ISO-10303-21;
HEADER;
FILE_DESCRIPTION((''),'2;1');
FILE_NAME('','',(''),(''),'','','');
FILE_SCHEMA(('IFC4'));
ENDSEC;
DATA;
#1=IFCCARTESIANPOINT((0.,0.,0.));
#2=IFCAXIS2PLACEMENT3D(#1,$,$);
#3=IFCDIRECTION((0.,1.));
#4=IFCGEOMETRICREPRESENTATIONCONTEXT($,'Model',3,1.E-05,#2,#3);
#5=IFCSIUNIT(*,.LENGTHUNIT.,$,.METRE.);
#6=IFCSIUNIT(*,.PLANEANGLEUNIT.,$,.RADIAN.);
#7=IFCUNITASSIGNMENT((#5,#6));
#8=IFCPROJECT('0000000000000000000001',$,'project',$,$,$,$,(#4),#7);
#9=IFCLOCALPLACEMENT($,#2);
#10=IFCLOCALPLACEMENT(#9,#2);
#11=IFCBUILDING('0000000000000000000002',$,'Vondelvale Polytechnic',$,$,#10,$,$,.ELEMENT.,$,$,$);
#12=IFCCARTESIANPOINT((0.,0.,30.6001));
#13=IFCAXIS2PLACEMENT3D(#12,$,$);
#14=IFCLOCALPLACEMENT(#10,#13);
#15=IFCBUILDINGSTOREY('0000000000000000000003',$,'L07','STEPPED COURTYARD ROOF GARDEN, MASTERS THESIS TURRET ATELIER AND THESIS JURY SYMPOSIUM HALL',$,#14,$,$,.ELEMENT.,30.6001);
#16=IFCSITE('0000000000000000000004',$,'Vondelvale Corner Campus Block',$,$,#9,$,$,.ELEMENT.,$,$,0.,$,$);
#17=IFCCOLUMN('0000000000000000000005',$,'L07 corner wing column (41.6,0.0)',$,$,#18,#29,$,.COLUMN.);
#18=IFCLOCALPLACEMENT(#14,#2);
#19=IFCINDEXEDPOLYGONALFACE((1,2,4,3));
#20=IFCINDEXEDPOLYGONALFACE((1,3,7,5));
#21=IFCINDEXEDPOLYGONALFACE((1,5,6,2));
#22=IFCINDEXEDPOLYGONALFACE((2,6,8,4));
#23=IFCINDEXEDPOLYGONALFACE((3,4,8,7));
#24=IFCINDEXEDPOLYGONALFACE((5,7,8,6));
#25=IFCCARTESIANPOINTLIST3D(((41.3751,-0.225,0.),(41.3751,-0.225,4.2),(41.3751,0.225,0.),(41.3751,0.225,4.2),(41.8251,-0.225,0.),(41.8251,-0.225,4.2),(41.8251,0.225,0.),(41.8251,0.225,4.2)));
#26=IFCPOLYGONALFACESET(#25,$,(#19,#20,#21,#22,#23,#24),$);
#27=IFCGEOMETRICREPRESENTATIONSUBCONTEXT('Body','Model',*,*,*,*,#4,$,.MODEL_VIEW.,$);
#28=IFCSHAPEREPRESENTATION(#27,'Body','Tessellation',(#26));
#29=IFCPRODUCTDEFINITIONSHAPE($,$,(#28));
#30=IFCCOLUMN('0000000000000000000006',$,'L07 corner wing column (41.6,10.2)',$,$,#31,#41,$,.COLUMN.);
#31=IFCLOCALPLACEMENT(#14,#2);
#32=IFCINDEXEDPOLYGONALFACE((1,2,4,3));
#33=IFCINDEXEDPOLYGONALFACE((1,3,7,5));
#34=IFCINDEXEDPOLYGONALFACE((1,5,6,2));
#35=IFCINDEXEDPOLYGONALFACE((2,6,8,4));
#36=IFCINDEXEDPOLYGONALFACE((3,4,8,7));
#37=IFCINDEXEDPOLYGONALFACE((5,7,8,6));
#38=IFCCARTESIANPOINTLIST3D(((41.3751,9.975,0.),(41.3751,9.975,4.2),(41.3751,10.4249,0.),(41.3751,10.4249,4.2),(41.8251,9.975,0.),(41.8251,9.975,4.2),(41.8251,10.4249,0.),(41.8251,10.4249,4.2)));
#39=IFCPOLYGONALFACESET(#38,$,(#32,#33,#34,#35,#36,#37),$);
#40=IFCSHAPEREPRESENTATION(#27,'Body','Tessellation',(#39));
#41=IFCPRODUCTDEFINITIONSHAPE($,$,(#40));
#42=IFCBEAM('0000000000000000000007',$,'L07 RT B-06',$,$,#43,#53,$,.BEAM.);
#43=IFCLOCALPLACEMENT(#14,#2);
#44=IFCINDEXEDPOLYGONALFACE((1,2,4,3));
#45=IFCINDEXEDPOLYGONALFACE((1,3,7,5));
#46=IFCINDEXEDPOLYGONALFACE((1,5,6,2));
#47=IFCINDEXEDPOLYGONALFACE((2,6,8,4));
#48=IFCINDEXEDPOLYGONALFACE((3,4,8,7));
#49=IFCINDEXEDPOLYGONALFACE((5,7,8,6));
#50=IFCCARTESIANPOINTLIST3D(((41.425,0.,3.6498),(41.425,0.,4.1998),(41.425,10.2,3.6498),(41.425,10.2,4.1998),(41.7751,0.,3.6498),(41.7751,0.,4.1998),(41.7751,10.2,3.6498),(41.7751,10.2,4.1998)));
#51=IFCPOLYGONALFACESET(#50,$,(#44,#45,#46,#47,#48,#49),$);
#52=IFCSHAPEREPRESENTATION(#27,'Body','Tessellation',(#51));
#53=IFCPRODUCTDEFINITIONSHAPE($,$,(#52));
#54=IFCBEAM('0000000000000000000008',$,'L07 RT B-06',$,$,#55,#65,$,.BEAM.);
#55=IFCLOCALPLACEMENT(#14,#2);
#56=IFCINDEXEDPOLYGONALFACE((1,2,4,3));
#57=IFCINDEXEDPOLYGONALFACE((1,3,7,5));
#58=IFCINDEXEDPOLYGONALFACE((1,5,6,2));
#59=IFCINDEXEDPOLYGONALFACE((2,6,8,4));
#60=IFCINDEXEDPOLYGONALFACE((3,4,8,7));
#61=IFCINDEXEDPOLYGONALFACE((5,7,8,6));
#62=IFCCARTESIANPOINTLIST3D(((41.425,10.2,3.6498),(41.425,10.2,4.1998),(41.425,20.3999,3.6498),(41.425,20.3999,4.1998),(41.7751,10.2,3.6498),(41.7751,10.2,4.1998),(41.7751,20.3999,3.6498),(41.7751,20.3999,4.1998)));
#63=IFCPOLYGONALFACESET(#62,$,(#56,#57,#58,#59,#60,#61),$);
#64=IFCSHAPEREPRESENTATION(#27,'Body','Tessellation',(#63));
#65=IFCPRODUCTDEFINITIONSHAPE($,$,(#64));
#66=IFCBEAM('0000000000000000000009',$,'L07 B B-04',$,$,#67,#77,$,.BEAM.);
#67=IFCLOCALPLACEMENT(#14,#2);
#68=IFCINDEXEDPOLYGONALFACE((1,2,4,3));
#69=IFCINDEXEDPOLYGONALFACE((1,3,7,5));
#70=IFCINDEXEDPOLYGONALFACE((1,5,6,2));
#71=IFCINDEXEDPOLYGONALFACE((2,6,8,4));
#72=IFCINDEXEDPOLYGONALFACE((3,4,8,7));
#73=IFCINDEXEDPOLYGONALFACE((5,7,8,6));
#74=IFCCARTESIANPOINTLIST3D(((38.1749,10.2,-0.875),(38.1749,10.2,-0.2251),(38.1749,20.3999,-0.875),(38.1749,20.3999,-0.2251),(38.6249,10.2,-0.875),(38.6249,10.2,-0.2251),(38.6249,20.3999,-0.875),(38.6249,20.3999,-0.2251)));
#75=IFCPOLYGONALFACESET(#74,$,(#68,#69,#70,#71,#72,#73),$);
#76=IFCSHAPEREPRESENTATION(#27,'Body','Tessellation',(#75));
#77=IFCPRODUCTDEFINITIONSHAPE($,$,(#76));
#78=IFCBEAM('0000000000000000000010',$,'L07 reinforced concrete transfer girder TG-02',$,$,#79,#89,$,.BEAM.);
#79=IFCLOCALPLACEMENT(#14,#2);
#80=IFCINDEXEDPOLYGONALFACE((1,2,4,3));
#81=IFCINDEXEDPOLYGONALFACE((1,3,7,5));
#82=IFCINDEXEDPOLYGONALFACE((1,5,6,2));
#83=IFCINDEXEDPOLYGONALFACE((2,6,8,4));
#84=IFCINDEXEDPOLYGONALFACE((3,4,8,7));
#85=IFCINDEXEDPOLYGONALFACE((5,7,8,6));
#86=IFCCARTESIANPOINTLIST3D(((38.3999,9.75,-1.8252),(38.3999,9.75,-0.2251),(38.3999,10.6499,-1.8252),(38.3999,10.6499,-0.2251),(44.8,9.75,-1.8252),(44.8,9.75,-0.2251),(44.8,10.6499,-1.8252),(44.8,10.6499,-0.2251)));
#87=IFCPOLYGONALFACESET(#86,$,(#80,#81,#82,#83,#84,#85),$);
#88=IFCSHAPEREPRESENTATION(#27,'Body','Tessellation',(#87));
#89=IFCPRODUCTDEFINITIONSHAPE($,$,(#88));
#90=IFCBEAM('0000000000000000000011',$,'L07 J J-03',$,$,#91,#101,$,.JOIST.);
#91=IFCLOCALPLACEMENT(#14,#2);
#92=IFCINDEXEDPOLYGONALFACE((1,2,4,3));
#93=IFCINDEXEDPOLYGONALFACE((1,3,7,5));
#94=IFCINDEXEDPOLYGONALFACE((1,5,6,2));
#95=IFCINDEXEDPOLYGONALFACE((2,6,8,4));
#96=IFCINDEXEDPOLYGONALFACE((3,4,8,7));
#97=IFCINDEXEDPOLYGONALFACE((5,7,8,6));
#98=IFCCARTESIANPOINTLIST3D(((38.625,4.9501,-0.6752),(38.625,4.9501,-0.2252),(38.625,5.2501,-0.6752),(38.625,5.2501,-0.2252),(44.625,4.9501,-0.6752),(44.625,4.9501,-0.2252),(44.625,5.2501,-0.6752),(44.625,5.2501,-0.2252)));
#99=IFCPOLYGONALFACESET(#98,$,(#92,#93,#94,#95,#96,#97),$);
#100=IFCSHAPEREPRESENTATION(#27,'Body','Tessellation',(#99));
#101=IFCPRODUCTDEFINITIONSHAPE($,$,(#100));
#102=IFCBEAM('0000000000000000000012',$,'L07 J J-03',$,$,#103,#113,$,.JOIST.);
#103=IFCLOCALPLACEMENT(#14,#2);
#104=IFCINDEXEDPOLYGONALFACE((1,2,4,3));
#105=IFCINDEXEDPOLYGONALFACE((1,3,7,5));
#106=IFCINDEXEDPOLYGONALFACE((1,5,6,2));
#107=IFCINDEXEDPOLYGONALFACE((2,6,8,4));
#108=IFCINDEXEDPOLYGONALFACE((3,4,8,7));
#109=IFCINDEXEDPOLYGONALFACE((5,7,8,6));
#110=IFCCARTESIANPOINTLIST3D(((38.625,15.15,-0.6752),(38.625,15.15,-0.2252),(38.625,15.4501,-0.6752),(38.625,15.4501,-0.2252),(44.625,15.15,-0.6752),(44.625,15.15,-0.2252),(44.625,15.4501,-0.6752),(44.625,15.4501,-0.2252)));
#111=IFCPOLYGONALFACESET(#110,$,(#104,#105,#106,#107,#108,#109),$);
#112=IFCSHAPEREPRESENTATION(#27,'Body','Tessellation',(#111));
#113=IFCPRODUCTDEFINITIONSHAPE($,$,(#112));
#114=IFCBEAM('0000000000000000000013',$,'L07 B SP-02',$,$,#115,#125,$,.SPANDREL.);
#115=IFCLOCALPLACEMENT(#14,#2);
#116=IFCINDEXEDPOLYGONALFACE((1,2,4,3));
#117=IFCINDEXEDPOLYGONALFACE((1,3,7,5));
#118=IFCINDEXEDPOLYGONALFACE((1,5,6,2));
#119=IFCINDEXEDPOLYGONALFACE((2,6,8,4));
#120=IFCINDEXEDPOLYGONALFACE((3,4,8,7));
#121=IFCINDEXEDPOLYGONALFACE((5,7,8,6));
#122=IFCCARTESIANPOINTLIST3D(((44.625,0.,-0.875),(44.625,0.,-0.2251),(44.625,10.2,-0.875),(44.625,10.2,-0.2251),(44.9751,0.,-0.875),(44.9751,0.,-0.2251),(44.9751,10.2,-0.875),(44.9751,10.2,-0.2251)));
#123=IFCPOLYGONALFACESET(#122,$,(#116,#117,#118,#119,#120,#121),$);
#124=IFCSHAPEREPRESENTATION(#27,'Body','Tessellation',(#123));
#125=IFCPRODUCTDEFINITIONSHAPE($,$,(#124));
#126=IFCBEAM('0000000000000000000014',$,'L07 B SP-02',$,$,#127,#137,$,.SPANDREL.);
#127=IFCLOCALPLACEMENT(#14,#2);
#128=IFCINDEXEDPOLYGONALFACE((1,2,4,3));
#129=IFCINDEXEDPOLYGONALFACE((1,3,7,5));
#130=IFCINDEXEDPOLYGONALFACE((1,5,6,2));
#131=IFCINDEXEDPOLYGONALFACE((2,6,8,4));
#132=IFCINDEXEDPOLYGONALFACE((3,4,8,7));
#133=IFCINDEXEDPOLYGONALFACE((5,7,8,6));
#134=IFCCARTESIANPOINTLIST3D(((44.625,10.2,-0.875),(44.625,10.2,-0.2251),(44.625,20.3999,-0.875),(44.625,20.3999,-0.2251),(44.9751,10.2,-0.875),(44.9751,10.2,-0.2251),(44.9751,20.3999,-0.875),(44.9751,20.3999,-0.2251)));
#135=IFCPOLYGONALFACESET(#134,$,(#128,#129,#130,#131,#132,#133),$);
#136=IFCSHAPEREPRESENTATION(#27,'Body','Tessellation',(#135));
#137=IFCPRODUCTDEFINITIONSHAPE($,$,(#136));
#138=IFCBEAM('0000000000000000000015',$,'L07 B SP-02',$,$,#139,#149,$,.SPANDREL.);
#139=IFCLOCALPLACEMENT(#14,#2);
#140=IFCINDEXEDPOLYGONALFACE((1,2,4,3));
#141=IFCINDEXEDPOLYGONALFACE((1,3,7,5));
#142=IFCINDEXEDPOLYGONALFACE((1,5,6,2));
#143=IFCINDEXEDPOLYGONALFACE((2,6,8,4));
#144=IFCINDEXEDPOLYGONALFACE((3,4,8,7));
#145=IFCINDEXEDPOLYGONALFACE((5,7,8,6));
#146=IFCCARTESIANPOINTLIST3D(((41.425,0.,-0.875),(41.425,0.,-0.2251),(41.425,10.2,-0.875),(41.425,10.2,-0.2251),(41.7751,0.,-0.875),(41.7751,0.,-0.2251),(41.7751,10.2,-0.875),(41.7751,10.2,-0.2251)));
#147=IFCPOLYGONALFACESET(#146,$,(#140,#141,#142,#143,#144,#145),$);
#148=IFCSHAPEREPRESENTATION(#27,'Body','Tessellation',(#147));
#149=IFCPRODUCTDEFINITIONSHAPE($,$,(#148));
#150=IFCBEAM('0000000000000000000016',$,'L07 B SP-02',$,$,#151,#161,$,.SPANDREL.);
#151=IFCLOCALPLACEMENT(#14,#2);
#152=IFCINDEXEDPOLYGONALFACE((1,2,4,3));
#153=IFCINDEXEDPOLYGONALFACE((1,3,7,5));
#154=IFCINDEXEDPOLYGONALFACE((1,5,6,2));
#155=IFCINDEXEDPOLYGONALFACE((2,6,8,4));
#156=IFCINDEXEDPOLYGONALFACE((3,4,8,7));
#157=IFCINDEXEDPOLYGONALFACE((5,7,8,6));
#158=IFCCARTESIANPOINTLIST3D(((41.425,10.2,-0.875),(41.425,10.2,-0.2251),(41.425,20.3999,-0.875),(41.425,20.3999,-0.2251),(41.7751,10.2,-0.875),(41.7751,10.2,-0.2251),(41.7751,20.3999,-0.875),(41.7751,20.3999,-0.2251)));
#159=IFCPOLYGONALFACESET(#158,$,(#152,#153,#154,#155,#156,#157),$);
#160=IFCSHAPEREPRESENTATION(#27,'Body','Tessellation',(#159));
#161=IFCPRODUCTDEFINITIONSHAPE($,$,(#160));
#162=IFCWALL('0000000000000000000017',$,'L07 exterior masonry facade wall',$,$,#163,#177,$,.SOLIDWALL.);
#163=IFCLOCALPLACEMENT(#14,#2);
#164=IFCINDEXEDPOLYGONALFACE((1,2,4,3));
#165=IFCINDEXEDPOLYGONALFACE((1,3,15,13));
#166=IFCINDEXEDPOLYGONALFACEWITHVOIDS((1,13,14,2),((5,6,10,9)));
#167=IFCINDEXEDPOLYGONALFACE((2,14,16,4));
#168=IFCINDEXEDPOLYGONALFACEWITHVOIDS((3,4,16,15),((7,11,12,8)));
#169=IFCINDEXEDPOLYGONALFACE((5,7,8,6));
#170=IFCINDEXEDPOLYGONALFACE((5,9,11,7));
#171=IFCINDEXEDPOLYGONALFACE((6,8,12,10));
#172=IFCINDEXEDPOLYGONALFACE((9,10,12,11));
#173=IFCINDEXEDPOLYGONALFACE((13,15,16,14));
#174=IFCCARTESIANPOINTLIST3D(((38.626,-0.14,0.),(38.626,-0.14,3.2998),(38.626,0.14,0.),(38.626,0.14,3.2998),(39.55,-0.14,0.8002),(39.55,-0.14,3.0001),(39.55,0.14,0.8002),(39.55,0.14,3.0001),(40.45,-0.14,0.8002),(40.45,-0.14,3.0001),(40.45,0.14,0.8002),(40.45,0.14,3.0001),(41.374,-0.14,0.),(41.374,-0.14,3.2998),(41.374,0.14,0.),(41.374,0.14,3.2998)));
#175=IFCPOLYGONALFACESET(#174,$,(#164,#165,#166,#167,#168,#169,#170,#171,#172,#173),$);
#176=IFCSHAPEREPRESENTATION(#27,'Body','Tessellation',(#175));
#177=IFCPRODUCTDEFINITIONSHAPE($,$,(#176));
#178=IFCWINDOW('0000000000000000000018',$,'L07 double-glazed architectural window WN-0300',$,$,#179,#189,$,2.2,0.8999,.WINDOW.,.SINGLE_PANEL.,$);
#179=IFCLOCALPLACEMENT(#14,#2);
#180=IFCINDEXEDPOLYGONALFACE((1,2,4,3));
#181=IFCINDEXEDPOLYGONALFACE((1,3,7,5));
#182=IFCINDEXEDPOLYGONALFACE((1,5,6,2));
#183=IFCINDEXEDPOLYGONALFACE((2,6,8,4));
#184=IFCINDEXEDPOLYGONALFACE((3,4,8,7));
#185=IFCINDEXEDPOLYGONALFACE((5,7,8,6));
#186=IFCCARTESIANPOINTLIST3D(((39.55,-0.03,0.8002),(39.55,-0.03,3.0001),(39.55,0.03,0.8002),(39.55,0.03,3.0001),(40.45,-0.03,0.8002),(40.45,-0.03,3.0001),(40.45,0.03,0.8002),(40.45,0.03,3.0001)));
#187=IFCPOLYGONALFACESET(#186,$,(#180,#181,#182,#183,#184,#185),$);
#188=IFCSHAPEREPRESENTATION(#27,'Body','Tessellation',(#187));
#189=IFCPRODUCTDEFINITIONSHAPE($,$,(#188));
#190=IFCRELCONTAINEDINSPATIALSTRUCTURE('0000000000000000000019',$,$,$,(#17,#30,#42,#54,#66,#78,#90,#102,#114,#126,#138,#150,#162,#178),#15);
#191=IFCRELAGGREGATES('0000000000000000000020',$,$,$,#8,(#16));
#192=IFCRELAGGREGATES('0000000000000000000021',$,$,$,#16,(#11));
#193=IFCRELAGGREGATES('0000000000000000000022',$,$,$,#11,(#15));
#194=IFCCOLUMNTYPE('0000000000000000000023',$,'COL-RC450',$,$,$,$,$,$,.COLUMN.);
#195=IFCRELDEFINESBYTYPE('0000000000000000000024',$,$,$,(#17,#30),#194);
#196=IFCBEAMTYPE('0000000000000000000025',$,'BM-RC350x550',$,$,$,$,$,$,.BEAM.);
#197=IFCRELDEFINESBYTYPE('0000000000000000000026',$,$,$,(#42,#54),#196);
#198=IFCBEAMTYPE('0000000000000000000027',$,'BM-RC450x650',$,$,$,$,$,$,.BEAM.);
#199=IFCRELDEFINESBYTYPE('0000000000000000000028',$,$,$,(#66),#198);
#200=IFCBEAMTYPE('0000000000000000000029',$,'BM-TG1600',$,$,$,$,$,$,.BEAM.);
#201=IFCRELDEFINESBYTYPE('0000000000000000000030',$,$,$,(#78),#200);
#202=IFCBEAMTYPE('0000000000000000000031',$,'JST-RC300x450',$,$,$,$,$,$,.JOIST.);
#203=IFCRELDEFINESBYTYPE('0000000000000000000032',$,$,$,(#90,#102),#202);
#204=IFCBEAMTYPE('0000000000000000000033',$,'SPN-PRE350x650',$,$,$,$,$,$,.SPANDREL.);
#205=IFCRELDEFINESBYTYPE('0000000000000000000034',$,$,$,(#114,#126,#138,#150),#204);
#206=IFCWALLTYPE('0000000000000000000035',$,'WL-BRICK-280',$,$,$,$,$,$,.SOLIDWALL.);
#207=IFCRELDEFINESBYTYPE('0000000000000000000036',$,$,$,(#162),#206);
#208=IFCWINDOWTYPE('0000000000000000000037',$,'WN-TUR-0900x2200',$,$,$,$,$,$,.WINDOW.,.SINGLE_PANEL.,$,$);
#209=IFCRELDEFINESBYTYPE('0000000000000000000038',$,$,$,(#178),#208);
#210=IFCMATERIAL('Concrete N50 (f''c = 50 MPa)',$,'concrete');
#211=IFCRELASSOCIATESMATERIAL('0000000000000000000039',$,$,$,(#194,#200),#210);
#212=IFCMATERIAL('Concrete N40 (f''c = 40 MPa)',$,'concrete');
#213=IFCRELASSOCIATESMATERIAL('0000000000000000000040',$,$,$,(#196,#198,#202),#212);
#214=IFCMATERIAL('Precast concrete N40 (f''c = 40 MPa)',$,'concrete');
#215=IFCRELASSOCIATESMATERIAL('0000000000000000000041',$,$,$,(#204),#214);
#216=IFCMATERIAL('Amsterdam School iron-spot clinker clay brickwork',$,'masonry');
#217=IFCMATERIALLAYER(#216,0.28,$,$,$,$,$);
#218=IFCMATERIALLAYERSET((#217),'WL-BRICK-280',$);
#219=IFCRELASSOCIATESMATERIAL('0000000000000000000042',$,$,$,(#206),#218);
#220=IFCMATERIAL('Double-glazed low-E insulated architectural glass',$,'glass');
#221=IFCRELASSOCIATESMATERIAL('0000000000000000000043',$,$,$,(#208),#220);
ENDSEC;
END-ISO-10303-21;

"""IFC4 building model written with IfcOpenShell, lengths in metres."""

from ifc_helpers import new_model, si_unit, direction, frame, frame_2d, origin, origin_2d, place, context, subcontext, project, spatial, rectangle, extrude, material, layer, layer_set, material_profile, profile_set, type_object, element, fill, save


model = new_model("IFC4")

# Units and contexts
model_context = context("Model", 3, precision=1e-05, world=origin(), true_north=direction((0.0, 1.0)))
body_context = subcontext(model_context, "Body", "Model", "MODEL_VIEW")
ifc_project = project(units=[si_unit("LENGTHUNIT", "METRE"), si_unit("PLANEANGLEUNIT", "RADIAN")], contexts=[model_context])

# Site, building, storey
site_placement = place(None, origin())
site = spatial("IfcSite", under=ifc_project, at=site_placement, Name="Vondelvale Corner Campus Block", CompositionType="ELEMENT", RefElevation=0.0)
building_placement = place(site_placement, origin())
building = spatial("IfcBuilding", under=site, at=building_placement, Name="Vondelvale Polytechnic", CompositionType="ELEMENT")
storey_placement = place(building_placement, frame((0.0, 0.0, 30.6001)))
storey = spatial("IfcBuildingStorey", under=building, at=storey_placement, Name="L07", Description="STEPPED COURTYARD ROOF GARDEN, MASTERS THESIS TURRET ATELIER AND THESIS JURY SYMPOSIUM HALL", CompositionType="ELEMENT", Elevation=30.6001)

# Columns
ifc_material_1 = material(Name="Concrete N50 (f'c = 50 MPa)", Category="concrete")
ifc_material_profile_1 = material_profile(ifc_material_1, rectangle(XDim=0.45, YDim=0.45, at=origin_2d()), Name="RC-COL-450x450")
ifc_profile_set_1 = profile_set([ifc_material_profile_1], Name="Concrete N50 (f'c = 50 MPa)")
column_type = type_object("IfcColumnType", Name="COL-RC450", PredefinedType="COLUMN", material=ifc_profile_set_1)
for number, where, z_axis, x_axis, name in (
    (1, (41.6001, 0.0, 0.0), (0.0, 0.0, 1.0), (1.0, 0.0, 0.0), "L07 corner wing column (41.6,0.0)"),
    (2, (41.6001, 10.2, 0.0), (0.0, 0.0, 1.0), (1.0, 0.0, 0.0), "L07 corner wing column (41.6,10.2)"),
):
    element("IfcColumn", number, at=place(storey_placement, frame(where, z_axis=z_axis, x_axis=x_axis)), inside=storey, type_object=column_type, Name=name, PredefinedType="COLUMN", context=body_context, shape_type="SweptSolid", body=[
        extrude(rectangle(XDim=0.45, YDim=0.45, at=origin_2d()), origin(), (0.0, 0.0, 1.0), 4.2),
    ])

# Beams
ifc_material_2 = material(Name="Concrete N40 (f'c = 40 MPa)", Category="concrete")
ifc_material_profile_2 = material_profile(ifc_material_2, rectangle(XDim=0.3501, YDim=0.55, at=origin_2d()), Name="RC-BM-350x550")
ifc_profile_set_2 = profile_set([ifc_material_profile_2], Name="Concrete N40 (f'c = 40 MPa)")
beam_type_1 = type_object("IfcBeamType", Name="BM-RC350x550", PredefinedType="BEAM", material=ifc_profile_set_2)
for number, where, z_axis, x_axis, name in (
    (3, (41.6001, 0.0, 3.9248), (0.0, 1.0, 0.0), (-1.0, 0.0, 0.0), "L07 RT B-06"),
    (4, (41.6001, 10.2, 3.9248), (0.0, 1.0, 0.0), (-1.0, 0.0, 0.0), "L07 RT B-06"),
):
    element("IfcBeam", number, at=place(storey_placement, frame(where, z_axis=z_axis, x_axis=x_axis)), inside=storey, type_object=beam_type_1, Name=name, PredefinedType="BEAM", context=body_context, shape_type="SweptSolid", body=[
        extrude(rectangle(XDim=0.3501, YDim=0.55, at=origin_2d()), origin(), (0.0, 0.0, 1.0), 10.2),
    ])
ifc_material_profile_3 = material_profile(ifc_material_2, rectangle(XDim=0.45, YDim=0.6499, at=origin_2d()), Name="RC-BM-450x650")
ifc_profile_set_3 = profile_set([ifc_material_profile_3], Name="Concrete N40 (f'c = 40 MPa)")
beam_type_2 = type_object("IfcBeamType", Name="BM-RC450x650", PredefinedType="BEAM", material=ifc_profile_set_3)
beam_1_placement = place(storey_placement, frame((38.3999, 10.2, -0.55), z_axis=(0.0, 1.0, 0.0), x_axis=(-1.0, 0.0, 0.0)))
element("IfcBeam", 5, at=beam_1_placement, inside=storey, type_object=beam_type_2, Name="L07 B B-04", PredefinedType="BEAM", context=body_context, shape_type="SweptSolid", body=[
    extrude(rectangle(XDim=0.45, YDim=0.6499, at=origin_2d()), origin(), (0.0, 0.0, 1.0), 10.2),
])
ifc_material_profile_4 = material_profile(ifc_material_1, rectangle(XDim=0.8999, YDim=1.6001, at=origin_2d()), Name="RC-TG-900x1600")
ifc_profile_set_4 = profile_set([ifc_material_profile_4], Name="Concrete N50 (f'c = 50 MPa)")
beam_type_3 = type_object("IfcBeamType", Name="BM-TG1600", PredefinedType="BEAM", material=ifc_profile_set_4)
beam_2_placement = place(storey_placement, frame((38.3999, 10.2, -1.0251), z_axis=(1.0, 0.0, 0.0), x_axis=(0.0, 1.0, 0.0)))
element("IfcBeam", 6, at=beam_2_placement, inside=storey, type_object=beam_type_3, Name="L07 reinforced concrete transfer girder TG-02", PredefinedType="BEAM", context=body_context, shape_type="SweptSolid", body=[
    extrude(rectangle(XDim=0.8999, YDim=1.6001, at=origin_2d()), origin(), (0.0, 0.0, 1.0), 6.4001),
])
ifc_material_profile_5 = material_profile(ifc_material_2, rectangle(XDim=0.3, YDim=0.45, at=origin_2d()), Name="RC-JST-300x450")
ifc_profile_set_5 = profile_set([ifc_material_profile_5], Name="Concrete N40 (f'c = 40 MPa)")
beam_type_4 = type_object("IfcBeamType", Name="JST-RC300x450", PredefinedType="JOIST", material=ifc_profile_set_5)
for number, where, z_axis, x_axis, name in (
    (7, (38.625, 5.1001, -0.4502), (1.0, 0.0, 0.0), (0.0, 1.0, 0.0), "L07 J J-03"),
    (8, (38.625, 15.3, -0.4502), (1.0, 0.0, 0.0), (0.0, 1.0, 0.0), "L07 J J-03"),
):
    element("IfcBeam", number, at=place(storey_placement, frame(where, z_axis=z_axis, x_axis=x_axis)), inside=storey, type_object=beam_type_4, Name=name, PredefinedType="JOIST", context=body_context, shape_type="SweptSolid", body=[
        extrude(rectangle(XDim=0.3, YDim=0.45, at=origin_2d()), origin(), (0.0, 0.0, 1.0), 6.0),
    ])
ifc_material_3 = material(Name="Precast concrete N40 (f'c = 40 MPa)", Category="concrete")
ifc_material_profile_6 = material_profile(ifc_material_3, rectangle(XDim=0.3501, YDim=0.6499, at=origin_2d()), Name="RC-SPN-350x650")
ifc_profile_set_6 = profile_set([ifc_material_profile_6], Name="Precast concrete N40 (f'c = 40 MPa)")
beam_type_5 = type_object("IfcBeamType", Name="SPN-PRE350x650", PredefinedType="SPANDREL", material=ifc_profile_set_6)
for number, where, z_axis, x_axis, name in (
    (9, (44.8, 0.0, -0.55), (0.0, 1.0, 0.0), (-1.0, 0.0, 0.0), "L07 B SP-02"),
    (10, (44.8, 10.2, -0.55), (0.0, 1.0, 0.0), (-1.0, 0.0, 0.0), "L07 B SP-02"),
    (11, (41.6001, 0.0, -0.55), (0.0, 1.0, 0.0), (-1.0, 0.0, 0.0), "L07 B SP-02"),
    (12, (41.6001, 10.2, -0.55), (0.0, 1.0, 0.0), (-1.0, 0.0, 0.0), "L07 B SP-02"),
):
    element("IfcBeam", number, at=place(storey_placement, frame(where, z_axis=z_axis, x_axis=x_axis)), inside=storey, type_object=beam_type_5, Name=name, PredefinedType="SPANDREL", context=body_context, shape_type="SweptSolid", body=[
        extrude(rectangle(XDim=0.3501, YDim=0.6499, at=origin_2d()), origin(), (0.0, 0.0, 1.0), 10.2),
    ])

# Wall, opening, window
ifc_material_4 = material(Name="Amsterdam School iron-spot clinker clay brickwork", Category="masonry")
ifc_layer_1 = layer(ifc_material_4, 0.28)
ifc_layer_set_1 = layer_set([ifc_layer_1], Name="WL-BRICK-280")
wall_type_1 = type_object("IfcWallType", Name="WL-BRICK-280", PredefinedType="SOLIDWALL", material=ifc_layer_set_1)
wall_1_placement = place(storey_placement, frame((41.374, 0.0, 0.0), z_axis=(0.0, 0.0, 1.0), x_axis=(-1.0, 0.0, 0.0)))
wall_1 = element("IfcWall", 13, at=wall_1_placement, inside=storey, type_object=wall_type_1, Name="L07 exterior masonry facade wall", PredefinedType="SOLIDWALL", context=body_context, shape_type="SweptSolid", body=[
    extrude(rectangle(XDim=2.748, YDim=0.28, at=frame_2d((1.374, 0.0))), origin(), (0.0, 0.0, 1.0), 3.2998),
])
opening_1_placement = place(wall_1_placement, frame((0.9241, 0.0, 0.8)))
opening_1 = element("IfcOpeningElement", 14, at=opening_1_placement, cuts=wall_1, PredefinedType="OPENING", context=body_context, shape_type="SweptSolid", body=[
    extrude(rectangle(XDim=0.8999, YDim=2.2, at=frame_2d((0.45, 1.1001))), frame((0.0, 0.1499, 0.0), z_axis=(0.0, -1.0, 0.0), x_axis=(1.0, 0.0, 0.0)), (0.0, 0.0, 1.0), 0.3),
])
ifc_material_5 = material(Name="Double-glazed low-E insulated architectural glass", Category="glass")
window_type_1 = type_object("IfcWindowType", Name="WN-TUR-0900x2200", PartitioningType="SINGLE_PANEL", PredefinedType="WINDOW", material=ifc_material_5)
window_1_placement = place(opening_1_placement, origin())
window_1 = element("IfcWindow", 15, at=window_1_placement, inside=storey, type_object=window_type_1, Name="L07 double-glazed architectural window WN-0300", OverallHeight=2.2, OverallWidth=0.8999, PartitioningType="SINGLE_PANEL", PredefinedType="WINDOW", context=body_context, shape_type="SweptSolid", body=[
    extrude(rectangle(XDim=0.8999, YDim=2.2, at=frame_2d((0.45, 1.1001))), frame((0.0, 0.03, 0.0), z_axis=(0.0, -1.0, 0.0), x_axis=(1.0, 0.0, 0.0)), (0.0, 0.0, 1.0), 0.0601),
])
fill(opening_1, window_1)

save(model, "model.ifc")
